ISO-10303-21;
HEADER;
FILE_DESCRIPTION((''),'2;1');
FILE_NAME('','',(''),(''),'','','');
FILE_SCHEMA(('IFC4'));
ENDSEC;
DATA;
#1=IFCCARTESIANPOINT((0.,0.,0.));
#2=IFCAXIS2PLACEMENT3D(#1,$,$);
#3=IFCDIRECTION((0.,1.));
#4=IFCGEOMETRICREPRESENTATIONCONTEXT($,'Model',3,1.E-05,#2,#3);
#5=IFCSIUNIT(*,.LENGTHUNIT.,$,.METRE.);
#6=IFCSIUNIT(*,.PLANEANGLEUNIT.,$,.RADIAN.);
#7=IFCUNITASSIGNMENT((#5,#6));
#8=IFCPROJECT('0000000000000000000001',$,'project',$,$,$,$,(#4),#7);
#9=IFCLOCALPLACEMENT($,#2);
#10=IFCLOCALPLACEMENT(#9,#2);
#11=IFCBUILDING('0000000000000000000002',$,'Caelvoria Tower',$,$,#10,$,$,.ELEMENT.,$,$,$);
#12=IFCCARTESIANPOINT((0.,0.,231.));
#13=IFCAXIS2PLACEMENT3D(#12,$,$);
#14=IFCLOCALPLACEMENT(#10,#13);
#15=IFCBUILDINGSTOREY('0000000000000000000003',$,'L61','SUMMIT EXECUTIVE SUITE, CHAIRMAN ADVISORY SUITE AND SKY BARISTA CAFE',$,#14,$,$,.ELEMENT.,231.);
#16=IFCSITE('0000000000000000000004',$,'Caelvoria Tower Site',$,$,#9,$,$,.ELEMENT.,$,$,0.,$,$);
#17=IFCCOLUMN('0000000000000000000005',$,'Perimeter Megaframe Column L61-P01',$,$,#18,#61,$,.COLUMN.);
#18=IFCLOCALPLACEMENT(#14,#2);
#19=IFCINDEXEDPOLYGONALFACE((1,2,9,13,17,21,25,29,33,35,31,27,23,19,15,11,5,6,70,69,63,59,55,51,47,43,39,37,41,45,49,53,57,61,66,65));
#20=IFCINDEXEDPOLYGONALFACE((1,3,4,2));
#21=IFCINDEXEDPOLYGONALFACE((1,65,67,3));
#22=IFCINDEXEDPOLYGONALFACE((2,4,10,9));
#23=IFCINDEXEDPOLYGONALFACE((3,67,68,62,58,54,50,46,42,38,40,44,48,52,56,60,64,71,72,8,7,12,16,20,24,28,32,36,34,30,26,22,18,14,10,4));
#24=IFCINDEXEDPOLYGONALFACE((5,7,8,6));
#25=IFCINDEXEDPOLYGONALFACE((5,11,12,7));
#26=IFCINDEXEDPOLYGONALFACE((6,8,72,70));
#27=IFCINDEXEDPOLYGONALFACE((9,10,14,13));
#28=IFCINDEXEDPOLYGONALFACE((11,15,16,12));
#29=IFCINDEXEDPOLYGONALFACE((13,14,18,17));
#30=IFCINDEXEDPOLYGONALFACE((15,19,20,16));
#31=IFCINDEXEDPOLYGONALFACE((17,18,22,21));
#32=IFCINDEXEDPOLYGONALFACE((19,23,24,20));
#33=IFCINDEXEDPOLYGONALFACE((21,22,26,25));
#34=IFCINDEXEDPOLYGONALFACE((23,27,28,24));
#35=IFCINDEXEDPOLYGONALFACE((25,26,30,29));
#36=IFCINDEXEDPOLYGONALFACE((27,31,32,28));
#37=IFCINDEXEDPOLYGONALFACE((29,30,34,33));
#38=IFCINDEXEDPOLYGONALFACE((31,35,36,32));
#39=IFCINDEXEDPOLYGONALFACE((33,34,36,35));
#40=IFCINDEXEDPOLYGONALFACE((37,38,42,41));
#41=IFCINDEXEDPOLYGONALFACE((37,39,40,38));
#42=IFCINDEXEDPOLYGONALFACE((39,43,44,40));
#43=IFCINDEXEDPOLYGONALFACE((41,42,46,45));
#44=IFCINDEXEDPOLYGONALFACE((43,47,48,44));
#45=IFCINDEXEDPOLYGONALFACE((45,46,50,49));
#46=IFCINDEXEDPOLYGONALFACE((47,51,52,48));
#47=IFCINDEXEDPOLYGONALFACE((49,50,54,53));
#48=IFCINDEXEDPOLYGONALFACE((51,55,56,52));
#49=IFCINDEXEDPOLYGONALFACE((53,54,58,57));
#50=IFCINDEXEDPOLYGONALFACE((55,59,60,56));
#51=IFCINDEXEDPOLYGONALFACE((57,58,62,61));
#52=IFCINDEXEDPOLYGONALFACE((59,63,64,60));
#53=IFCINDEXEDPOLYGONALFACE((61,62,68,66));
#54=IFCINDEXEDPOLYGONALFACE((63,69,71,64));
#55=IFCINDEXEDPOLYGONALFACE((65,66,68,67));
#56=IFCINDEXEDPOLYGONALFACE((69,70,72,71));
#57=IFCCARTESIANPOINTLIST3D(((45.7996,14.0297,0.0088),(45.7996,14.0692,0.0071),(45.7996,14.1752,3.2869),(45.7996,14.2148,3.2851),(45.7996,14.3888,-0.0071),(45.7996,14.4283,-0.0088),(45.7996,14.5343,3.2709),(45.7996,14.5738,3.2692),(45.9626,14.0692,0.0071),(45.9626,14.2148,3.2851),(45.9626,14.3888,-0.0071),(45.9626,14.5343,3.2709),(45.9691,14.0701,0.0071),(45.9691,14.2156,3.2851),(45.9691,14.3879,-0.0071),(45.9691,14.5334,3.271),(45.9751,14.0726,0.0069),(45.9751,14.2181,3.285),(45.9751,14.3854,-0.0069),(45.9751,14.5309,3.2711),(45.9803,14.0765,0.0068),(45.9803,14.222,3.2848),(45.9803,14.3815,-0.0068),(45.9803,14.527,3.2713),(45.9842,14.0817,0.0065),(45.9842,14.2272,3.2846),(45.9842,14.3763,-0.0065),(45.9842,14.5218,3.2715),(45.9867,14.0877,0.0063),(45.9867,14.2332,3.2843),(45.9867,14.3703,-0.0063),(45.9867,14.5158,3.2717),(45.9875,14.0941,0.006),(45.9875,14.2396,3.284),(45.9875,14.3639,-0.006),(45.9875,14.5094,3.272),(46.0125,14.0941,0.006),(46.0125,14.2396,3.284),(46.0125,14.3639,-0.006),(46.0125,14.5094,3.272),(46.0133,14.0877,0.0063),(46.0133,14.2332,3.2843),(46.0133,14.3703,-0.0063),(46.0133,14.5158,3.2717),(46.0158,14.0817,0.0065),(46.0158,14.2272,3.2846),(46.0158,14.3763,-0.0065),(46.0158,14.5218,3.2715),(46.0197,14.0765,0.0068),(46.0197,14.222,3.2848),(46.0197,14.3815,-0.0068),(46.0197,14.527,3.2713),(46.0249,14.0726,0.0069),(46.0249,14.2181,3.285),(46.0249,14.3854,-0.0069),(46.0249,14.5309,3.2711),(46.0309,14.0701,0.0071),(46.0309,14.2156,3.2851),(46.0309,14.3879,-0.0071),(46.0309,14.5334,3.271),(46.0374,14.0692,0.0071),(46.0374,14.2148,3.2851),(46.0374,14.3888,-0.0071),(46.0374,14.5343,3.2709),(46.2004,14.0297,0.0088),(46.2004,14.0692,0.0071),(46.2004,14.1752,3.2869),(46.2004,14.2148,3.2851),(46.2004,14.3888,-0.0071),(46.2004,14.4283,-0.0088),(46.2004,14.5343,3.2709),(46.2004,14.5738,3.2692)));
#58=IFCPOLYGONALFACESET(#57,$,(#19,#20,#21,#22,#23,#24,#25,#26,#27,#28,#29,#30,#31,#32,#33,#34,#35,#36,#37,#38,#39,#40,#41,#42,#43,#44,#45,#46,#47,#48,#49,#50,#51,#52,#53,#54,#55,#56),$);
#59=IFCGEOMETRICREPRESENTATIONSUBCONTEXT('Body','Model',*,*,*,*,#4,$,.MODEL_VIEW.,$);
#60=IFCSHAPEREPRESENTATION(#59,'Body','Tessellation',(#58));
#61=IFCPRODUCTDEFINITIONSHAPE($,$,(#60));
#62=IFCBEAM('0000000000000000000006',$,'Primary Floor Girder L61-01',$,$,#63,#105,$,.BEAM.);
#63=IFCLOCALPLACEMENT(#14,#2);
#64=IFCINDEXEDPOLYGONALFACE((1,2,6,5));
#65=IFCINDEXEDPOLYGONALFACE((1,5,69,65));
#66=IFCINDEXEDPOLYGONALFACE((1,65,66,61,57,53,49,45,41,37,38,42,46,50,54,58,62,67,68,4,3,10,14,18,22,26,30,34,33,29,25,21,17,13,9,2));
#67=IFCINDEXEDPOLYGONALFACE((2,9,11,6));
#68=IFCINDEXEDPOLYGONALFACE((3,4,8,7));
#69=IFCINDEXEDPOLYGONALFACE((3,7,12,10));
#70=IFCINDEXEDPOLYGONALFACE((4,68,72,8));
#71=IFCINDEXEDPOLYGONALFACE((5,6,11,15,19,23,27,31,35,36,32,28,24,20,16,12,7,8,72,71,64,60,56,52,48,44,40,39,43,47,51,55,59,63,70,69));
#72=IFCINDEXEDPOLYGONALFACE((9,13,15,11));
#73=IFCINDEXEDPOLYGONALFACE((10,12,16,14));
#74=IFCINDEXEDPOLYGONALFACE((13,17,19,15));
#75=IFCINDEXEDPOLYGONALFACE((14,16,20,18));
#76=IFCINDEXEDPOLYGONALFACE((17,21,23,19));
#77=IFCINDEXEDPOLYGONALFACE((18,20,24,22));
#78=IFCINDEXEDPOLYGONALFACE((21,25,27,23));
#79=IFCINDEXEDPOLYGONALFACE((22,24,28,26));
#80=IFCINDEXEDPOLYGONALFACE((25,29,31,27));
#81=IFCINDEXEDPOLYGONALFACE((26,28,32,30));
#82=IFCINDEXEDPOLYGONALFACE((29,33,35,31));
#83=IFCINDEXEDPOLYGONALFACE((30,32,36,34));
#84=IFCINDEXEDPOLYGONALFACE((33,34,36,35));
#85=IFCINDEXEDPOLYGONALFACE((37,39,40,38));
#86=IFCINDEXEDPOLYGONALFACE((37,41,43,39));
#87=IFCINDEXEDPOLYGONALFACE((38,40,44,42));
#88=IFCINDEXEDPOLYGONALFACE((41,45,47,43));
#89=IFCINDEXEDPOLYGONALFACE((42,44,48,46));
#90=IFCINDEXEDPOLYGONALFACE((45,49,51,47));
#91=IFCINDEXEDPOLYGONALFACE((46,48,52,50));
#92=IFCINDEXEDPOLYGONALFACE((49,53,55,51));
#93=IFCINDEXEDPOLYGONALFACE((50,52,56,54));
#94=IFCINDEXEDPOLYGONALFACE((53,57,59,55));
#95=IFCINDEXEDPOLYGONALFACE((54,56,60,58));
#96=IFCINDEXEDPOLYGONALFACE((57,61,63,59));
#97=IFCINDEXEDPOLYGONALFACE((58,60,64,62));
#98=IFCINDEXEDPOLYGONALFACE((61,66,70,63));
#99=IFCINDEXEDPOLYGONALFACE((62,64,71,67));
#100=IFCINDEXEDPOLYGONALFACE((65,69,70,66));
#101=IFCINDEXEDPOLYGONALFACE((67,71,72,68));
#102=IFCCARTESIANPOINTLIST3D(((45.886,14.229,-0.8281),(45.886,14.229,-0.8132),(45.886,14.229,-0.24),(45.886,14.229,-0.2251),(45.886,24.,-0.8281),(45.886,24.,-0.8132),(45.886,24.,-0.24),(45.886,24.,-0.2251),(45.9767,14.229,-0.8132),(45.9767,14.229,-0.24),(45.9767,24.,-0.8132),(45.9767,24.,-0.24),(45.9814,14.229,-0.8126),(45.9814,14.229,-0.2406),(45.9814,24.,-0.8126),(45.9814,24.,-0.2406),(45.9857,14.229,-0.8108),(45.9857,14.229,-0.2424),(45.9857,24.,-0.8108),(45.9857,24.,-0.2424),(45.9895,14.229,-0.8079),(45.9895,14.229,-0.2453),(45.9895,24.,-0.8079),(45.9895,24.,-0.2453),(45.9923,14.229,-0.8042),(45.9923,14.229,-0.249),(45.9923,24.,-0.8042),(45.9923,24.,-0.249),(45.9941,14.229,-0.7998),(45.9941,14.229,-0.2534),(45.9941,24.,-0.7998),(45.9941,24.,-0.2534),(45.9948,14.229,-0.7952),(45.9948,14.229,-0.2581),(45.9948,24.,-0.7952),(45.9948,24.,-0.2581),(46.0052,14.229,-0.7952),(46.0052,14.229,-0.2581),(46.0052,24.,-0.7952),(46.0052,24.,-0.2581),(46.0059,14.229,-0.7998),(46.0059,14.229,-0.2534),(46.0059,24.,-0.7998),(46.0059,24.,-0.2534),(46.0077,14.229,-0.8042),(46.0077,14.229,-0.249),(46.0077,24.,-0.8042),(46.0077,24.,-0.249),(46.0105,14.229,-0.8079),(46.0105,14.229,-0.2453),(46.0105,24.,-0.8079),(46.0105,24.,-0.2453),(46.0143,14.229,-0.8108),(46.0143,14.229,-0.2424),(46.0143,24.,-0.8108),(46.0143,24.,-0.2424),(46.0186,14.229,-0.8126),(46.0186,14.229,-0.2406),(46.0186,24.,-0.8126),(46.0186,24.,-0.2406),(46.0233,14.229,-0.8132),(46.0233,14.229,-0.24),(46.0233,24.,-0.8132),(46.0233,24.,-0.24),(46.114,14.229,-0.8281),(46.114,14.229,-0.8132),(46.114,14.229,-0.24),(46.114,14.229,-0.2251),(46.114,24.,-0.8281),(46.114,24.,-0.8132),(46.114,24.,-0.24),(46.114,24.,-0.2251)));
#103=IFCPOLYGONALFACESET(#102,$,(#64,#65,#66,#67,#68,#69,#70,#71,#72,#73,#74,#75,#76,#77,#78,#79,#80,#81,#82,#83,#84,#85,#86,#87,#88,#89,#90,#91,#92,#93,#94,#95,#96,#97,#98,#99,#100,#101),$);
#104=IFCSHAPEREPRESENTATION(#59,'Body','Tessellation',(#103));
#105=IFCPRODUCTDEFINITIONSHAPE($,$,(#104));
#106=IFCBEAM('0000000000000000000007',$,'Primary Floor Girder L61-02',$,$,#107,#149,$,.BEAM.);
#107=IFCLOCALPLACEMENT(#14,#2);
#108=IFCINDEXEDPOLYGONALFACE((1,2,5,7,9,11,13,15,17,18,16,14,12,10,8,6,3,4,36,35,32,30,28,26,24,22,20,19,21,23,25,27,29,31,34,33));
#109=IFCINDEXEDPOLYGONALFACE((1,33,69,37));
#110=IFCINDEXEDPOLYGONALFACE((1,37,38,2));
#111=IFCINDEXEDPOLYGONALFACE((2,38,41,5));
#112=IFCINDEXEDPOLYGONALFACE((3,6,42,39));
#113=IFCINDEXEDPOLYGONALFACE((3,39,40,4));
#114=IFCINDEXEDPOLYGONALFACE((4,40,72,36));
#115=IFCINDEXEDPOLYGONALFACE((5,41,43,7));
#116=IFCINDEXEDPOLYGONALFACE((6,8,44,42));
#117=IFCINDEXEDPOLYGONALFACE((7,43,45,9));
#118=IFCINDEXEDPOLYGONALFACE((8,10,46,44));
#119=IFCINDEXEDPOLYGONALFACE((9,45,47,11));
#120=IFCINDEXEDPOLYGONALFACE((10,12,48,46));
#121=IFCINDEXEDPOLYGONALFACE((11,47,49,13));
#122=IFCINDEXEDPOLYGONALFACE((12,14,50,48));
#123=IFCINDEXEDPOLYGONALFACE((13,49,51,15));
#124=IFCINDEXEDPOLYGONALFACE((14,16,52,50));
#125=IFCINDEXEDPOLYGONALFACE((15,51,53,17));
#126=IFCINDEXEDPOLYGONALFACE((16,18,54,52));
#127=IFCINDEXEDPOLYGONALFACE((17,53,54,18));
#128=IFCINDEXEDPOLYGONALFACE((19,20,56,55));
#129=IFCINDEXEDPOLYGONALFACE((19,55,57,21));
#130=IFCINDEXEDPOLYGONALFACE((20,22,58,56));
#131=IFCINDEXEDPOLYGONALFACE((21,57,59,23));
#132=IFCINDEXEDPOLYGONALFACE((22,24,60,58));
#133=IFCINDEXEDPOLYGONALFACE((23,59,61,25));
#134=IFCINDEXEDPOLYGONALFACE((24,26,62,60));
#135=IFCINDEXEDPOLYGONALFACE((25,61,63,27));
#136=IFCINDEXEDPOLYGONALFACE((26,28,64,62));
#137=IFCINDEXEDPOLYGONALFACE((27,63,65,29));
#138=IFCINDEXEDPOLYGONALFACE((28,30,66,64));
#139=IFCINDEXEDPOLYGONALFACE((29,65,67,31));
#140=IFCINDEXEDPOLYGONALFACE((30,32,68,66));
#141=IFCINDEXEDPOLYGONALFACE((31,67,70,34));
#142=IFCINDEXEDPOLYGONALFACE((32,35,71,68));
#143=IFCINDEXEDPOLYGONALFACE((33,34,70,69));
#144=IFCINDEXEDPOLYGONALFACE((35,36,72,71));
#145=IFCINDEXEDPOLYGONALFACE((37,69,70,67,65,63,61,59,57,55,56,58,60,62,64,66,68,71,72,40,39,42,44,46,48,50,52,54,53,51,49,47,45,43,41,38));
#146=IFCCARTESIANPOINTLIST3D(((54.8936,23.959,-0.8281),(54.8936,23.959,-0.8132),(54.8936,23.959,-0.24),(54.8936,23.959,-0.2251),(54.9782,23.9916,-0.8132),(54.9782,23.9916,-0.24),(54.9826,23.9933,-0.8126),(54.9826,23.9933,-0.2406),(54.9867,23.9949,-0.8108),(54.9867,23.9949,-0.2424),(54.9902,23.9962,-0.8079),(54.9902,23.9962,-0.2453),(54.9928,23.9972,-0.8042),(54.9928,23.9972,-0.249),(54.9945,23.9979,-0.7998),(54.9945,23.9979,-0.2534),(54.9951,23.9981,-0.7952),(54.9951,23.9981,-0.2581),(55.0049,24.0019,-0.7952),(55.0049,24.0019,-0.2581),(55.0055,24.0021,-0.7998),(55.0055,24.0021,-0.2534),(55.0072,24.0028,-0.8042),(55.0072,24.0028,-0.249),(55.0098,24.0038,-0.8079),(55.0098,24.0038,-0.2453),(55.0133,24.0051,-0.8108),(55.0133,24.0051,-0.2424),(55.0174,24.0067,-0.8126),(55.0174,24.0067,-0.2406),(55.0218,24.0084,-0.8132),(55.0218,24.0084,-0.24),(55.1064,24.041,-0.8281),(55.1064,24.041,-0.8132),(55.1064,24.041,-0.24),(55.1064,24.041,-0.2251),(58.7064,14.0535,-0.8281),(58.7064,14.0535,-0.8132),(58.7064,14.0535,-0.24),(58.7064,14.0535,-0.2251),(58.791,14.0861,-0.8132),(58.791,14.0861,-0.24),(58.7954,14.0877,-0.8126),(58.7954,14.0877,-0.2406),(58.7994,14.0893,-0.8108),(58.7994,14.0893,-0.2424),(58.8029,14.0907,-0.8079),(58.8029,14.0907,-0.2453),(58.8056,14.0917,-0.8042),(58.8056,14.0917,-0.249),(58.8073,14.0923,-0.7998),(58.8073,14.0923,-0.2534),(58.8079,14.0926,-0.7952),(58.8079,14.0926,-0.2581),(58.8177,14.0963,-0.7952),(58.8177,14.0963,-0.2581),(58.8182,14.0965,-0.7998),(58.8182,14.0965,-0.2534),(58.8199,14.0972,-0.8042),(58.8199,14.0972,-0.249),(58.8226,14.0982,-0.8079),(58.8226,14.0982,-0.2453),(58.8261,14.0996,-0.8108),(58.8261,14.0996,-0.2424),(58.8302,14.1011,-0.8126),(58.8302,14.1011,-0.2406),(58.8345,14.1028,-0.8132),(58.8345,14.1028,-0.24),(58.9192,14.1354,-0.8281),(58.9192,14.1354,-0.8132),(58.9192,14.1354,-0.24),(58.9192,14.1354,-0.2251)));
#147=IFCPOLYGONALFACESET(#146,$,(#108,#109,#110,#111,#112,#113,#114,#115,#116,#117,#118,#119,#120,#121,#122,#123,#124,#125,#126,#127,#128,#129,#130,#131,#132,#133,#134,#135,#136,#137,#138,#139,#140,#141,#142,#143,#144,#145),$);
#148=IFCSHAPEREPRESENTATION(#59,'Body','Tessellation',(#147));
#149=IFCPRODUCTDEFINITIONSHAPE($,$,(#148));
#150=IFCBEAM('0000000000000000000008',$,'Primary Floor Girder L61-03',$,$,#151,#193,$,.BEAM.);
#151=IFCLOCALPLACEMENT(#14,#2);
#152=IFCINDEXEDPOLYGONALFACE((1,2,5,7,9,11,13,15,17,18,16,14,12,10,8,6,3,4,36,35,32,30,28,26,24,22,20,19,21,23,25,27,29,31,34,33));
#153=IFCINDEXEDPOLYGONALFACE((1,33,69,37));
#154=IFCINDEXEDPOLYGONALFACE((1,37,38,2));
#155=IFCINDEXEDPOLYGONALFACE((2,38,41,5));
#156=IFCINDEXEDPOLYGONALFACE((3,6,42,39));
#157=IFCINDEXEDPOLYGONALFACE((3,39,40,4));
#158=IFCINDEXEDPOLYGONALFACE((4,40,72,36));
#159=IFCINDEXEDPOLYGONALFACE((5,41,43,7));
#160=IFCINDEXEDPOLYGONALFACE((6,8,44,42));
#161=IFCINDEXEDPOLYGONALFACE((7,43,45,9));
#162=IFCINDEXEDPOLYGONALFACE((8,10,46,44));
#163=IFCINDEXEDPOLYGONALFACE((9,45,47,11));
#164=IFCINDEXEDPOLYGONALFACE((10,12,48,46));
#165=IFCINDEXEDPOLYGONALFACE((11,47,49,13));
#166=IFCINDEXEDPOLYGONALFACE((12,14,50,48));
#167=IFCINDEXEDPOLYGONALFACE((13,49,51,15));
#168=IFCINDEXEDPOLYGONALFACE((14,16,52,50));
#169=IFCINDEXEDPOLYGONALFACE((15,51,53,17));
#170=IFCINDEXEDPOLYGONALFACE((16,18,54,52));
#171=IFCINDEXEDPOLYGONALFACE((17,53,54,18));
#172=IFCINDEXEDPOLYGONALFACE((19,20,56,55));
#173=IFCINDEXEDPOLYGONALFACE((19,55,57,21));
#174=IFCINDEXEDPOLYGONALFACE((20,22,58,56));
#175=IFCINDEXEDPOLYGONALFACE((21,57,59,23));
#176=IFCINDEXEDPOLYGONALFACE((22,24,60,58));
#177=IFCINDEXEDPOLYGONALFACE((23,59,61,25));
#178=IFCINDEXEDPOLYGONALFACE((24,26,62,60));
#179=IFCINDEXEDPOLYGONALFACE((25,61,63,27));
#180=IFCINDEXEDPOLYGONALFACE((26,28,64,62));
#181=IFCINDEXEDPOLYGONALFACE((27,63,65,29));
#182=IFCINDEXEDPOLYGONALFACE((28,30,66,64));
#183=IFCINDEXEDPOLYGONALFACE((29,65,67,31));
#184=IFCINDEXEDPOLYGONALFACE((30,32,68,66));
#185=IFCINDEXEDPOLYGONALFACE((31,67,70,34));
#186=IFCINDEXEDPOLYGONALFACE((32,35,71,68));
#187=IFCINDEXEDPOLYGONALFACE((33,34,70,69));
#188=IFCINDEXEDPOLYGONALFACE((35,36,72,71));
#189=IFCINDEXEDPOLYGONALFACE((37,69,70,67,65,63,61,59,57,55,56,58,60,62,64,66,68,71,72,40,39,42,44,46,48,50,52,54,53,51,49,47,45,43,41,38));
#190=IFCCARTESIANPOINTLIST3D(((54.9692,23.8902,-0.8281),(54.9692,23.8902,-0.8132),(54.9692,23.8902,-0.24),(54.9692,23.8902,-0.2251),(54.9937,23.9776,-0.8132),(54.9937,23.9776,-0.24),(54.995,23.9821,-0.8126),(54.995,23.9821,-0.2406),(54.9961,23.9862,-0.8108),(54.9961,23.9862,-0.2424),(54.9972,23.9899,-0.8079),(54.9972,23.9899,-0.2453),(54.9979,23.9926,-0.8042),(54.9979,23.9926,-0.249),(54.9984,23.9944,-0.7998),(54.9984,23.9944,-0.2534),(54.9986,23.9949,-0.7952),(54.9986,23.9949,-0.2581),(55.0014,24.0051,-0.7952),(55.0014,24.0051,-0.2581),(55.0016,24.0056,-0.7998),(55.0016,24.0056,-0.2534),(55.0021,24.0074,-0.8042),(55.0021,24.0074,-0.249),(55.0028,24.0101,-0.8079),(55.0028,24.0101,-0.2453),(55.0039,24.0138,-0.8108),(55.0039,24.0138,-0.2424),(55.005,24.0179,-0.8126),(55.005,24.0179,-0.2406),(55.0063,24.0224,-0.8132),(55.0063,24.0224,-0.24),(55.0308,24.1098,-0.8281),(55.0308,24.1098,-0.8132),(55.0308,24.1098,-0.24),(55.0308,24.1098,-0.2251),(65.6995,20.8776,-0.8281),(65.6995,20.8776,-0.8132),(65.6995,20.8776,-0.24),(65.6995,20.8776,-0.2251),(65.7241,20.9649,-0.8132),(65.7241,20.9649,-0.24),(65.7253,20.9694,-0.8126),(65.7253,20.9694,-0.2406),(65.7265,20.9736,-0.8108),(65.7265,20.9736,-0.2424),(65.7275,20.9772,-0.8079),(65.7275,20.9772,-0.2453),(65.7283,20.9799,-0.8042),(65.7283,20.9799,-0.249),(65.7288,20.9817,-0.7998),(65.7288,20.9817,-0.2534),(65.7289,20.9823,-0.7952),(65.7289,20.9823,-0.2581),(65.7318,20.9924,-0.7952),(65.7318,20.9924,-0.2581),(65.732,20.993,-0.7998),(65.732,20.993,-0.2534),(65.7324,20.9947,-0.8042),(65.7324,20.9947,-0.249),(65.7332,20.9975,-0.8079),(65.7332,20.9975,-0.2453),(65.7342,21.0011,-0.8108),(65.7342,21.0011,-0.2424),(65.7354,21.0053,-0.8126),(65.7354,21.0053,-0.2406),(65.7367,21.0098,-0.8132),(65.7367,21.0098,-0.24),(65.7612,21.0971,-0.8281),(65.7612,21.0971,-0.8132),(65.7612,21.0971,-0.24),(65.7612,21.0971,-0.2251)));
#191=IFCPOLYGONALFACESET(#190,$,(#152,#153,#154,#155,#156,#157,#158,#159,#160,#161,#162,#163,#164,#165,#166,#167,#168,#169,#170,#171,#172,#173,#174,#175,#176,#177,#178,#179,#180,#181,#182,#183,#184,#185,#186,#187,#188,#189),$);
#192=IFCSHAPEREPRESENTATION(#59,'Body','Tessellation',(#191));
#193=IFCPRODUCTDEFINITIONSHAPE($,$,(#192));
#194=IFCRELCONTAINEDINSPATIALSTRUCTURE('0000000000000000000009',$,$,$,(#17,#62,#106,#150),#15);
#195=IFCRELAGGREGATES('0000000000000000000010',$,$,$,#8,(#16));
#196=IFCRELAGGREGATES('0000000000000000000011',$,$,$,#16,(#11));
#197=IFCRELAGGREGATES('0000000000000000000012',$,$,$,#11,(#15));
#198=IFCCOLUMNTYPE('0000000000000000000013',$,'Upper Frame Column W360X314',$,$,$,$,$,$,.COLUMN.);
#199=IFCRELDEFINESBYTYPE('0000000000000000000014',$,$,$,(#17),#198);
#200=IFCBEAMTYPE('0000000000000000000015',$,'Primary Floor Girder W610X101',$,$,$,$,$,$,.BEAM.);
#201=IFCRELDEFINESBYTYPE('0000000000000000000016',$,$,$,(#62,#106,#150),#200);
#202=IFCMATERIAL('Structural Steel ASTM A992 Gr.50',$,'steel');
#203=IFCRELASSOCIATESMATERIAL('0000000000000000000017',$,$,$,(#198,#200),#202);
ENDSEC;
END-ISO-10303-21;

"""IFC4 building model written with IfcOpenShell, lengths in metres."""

from ifc_helpers import new_model, si_unit, direction, frame, origin, origin_2d, place, context, subcontext, project, spatial, i_section, extrude, material, material_profile, profile_set, type_object, element, save


model = new_model("IFC4")

# Units and contexts
model_context = context("Model", 3, precision=1e-05, world=origin(), true_north=direction((0.0, 1.0)))
body_context = subcontext(model_context, "Body", "Model", "MODEL_VIEW")
ifc_project = project(units=[si_unit("LENGTHUNIT", "METRE"), si_unit("PLANEANGLEUNIT", "RADIAN")], contexts=[model_context])

# Site, building, storey
site_placement = place(None, origin())
site = spatial("IfcSite", under=ifc_project, at=site_placement, Name="Caelvoria Tower Site", CompositionType="ELEMENT", RefElevation=0.0)
building_placement = place(site_placement, origin())
building = spatial("IfcBuilding", under=site, at=building_placement, Name="Caelvoria Tower", CompositionType="ELEMENT")
storey_placement = place(building_placement, frame((0.0, 0.0, 231.0)))
storey = spatial("IfcBuildingStorey", under=building, at=storey_placement, Name="L61", Description="SUMMIT EXECUTIVE SUITE, CHAIRMAN ADVISORY SUITE AND SKY BARISTA CAFE", CompositionType="ELEMENT", Elevation=231.0)

# Column
ifc_material_1 = material(Name="Structural Steel ASTM A992 Gr.50", Category="steel")
ifc_material_profile_1 = material_profile(ifc_material_1, i_section(OverallWidth=0.4009, OverallDepth=0.3989, WebThickness=0.0249, FlangeThickness=0.0396, FilletRadius=0.0249, at=origin_2d()), Name="Structural Steel ASTM A992 Gr.50")
ifc_profile_set_1 = profile_set([ifc_material_profile_1], Name="W360X314 - Structural Steel ASTM A992 Gr.50")
column_type = type_object("IfcColumnType", Name="Upper Frame Column W360X314", PredefinedType="COLUMN", material=ifc_profile_set_1)
column_placement = place(storey_placement, frame((46.0, 14.229, 0.0), z_axis=(0.0, 0.044345, 0.999016), x_axis=(-1.0, 0.0, 0.0)))
element("IfcColumn", 1, at=column_placement, inside=storey, type_object=column_type, Name="Perimeter Megaframe Column L61-P01", PredefinedType="COLUMN", context=body_context, shape_type="SweptSolid", body=[
    extrude(i_section(OverallWidth=0.4009, OverallDepth=0.3989, WebThickness=0.0249, FlangeThickness=0.0396, FilletRadius=0.0249, at=origin_2d()), origin(), (0.0, 0.0, 1.0), 3.2812),
])

# Beams
ifc_material_profile_2 = material_profile(ifc_material_1, i_section(OverallWidth=0.228, OverallDepth=0.603, WebThickness=0.0105, FlangeThickness=0.0149, FilletRadius=0.0181, at=origin_2d()), Name="Structural Steel ASTM A992 Gr.50")
ifc_profile_set_2 = profile_set([ifc_material_profile_2], Name="W610X101 - Structural Steel ASTM A992 Gr.50")
beam_type_1 = type_object("IfcBeamType", Name="Primary Floor Girder W610X101", PredefinedType="BEAM", material=ifc_profile_set_2)
beam_1_placement = place(storey_placement, frame((46.0, 24.0, -0.5266), z_axis=(0.0, -1.0, 0.0), x_axis=(1.0, 0.0, 0.0)))
element("IfcBeam", 2, at=beam_1_placement, inside=storey, type_object=beam_type_1, Name="Primary Floor Girder L61-01", PredefinedType="BEAM", context=body_context, shape_type="SweptSolid", body=[
    extrude(i_section(OverallWidth=0.228, OverallDepth=0.603, WebThickness=0.0105, FlangeThickness=0.0149, FilletRadius=0.0181, at=origin_2d()), origin(), (0.0, 0.0, 1.0), 9.771),
])
beam_2_placement = place(storey_placement, frame((55.0, 24.0, -0.5266), z_axis=(0.35922, -0.933253, 0.0), x_axis=(0.933253, 0.35922, 0.0)))
element("IfcBeam", 3, at=beam_2_placement, inside=storey, type_object=beam_type_1, Name="Primary Floor Girder L61-02", PredefinedType="BEAM", context=body_context, shape_type="SweptSolid", body=[
    extrude(i_section(OverallWidth=0.228, OverallDepth=0.603, WebThickness=0.0105, FlangeThickness=0.0149, FilletRadius=0.0181, at=origin_2d()), origin(), (0.0, 0.0, 1.0), 10.614),
])
beam_3_placement = place(storey_placement, frame((55.0, 24.0, -0.5266), z_axis=(0.962774, -0.270309, 0.0), x_axis=(0.270309, 0.962774, 0.0)))
element("IfcBeam", 4, at=beam_3_placement, inside=storey, type_object=beam_type_1, Name="Primary Floor Girder L61-03", PredefinedType="BEAM", context=body_context, shape_type="SweptSolid", body=[
    extrude(i_section(OverallWidth=0.228, OverallDepth=0.603, WebThickness=0.0105, FlangeThickness=0.0149, FilletRadius=0.0181, at=origin_2d()), origin(), (0.0, 0.0, 1.0), 11.1453),
])

save(model, "model.ifc")
